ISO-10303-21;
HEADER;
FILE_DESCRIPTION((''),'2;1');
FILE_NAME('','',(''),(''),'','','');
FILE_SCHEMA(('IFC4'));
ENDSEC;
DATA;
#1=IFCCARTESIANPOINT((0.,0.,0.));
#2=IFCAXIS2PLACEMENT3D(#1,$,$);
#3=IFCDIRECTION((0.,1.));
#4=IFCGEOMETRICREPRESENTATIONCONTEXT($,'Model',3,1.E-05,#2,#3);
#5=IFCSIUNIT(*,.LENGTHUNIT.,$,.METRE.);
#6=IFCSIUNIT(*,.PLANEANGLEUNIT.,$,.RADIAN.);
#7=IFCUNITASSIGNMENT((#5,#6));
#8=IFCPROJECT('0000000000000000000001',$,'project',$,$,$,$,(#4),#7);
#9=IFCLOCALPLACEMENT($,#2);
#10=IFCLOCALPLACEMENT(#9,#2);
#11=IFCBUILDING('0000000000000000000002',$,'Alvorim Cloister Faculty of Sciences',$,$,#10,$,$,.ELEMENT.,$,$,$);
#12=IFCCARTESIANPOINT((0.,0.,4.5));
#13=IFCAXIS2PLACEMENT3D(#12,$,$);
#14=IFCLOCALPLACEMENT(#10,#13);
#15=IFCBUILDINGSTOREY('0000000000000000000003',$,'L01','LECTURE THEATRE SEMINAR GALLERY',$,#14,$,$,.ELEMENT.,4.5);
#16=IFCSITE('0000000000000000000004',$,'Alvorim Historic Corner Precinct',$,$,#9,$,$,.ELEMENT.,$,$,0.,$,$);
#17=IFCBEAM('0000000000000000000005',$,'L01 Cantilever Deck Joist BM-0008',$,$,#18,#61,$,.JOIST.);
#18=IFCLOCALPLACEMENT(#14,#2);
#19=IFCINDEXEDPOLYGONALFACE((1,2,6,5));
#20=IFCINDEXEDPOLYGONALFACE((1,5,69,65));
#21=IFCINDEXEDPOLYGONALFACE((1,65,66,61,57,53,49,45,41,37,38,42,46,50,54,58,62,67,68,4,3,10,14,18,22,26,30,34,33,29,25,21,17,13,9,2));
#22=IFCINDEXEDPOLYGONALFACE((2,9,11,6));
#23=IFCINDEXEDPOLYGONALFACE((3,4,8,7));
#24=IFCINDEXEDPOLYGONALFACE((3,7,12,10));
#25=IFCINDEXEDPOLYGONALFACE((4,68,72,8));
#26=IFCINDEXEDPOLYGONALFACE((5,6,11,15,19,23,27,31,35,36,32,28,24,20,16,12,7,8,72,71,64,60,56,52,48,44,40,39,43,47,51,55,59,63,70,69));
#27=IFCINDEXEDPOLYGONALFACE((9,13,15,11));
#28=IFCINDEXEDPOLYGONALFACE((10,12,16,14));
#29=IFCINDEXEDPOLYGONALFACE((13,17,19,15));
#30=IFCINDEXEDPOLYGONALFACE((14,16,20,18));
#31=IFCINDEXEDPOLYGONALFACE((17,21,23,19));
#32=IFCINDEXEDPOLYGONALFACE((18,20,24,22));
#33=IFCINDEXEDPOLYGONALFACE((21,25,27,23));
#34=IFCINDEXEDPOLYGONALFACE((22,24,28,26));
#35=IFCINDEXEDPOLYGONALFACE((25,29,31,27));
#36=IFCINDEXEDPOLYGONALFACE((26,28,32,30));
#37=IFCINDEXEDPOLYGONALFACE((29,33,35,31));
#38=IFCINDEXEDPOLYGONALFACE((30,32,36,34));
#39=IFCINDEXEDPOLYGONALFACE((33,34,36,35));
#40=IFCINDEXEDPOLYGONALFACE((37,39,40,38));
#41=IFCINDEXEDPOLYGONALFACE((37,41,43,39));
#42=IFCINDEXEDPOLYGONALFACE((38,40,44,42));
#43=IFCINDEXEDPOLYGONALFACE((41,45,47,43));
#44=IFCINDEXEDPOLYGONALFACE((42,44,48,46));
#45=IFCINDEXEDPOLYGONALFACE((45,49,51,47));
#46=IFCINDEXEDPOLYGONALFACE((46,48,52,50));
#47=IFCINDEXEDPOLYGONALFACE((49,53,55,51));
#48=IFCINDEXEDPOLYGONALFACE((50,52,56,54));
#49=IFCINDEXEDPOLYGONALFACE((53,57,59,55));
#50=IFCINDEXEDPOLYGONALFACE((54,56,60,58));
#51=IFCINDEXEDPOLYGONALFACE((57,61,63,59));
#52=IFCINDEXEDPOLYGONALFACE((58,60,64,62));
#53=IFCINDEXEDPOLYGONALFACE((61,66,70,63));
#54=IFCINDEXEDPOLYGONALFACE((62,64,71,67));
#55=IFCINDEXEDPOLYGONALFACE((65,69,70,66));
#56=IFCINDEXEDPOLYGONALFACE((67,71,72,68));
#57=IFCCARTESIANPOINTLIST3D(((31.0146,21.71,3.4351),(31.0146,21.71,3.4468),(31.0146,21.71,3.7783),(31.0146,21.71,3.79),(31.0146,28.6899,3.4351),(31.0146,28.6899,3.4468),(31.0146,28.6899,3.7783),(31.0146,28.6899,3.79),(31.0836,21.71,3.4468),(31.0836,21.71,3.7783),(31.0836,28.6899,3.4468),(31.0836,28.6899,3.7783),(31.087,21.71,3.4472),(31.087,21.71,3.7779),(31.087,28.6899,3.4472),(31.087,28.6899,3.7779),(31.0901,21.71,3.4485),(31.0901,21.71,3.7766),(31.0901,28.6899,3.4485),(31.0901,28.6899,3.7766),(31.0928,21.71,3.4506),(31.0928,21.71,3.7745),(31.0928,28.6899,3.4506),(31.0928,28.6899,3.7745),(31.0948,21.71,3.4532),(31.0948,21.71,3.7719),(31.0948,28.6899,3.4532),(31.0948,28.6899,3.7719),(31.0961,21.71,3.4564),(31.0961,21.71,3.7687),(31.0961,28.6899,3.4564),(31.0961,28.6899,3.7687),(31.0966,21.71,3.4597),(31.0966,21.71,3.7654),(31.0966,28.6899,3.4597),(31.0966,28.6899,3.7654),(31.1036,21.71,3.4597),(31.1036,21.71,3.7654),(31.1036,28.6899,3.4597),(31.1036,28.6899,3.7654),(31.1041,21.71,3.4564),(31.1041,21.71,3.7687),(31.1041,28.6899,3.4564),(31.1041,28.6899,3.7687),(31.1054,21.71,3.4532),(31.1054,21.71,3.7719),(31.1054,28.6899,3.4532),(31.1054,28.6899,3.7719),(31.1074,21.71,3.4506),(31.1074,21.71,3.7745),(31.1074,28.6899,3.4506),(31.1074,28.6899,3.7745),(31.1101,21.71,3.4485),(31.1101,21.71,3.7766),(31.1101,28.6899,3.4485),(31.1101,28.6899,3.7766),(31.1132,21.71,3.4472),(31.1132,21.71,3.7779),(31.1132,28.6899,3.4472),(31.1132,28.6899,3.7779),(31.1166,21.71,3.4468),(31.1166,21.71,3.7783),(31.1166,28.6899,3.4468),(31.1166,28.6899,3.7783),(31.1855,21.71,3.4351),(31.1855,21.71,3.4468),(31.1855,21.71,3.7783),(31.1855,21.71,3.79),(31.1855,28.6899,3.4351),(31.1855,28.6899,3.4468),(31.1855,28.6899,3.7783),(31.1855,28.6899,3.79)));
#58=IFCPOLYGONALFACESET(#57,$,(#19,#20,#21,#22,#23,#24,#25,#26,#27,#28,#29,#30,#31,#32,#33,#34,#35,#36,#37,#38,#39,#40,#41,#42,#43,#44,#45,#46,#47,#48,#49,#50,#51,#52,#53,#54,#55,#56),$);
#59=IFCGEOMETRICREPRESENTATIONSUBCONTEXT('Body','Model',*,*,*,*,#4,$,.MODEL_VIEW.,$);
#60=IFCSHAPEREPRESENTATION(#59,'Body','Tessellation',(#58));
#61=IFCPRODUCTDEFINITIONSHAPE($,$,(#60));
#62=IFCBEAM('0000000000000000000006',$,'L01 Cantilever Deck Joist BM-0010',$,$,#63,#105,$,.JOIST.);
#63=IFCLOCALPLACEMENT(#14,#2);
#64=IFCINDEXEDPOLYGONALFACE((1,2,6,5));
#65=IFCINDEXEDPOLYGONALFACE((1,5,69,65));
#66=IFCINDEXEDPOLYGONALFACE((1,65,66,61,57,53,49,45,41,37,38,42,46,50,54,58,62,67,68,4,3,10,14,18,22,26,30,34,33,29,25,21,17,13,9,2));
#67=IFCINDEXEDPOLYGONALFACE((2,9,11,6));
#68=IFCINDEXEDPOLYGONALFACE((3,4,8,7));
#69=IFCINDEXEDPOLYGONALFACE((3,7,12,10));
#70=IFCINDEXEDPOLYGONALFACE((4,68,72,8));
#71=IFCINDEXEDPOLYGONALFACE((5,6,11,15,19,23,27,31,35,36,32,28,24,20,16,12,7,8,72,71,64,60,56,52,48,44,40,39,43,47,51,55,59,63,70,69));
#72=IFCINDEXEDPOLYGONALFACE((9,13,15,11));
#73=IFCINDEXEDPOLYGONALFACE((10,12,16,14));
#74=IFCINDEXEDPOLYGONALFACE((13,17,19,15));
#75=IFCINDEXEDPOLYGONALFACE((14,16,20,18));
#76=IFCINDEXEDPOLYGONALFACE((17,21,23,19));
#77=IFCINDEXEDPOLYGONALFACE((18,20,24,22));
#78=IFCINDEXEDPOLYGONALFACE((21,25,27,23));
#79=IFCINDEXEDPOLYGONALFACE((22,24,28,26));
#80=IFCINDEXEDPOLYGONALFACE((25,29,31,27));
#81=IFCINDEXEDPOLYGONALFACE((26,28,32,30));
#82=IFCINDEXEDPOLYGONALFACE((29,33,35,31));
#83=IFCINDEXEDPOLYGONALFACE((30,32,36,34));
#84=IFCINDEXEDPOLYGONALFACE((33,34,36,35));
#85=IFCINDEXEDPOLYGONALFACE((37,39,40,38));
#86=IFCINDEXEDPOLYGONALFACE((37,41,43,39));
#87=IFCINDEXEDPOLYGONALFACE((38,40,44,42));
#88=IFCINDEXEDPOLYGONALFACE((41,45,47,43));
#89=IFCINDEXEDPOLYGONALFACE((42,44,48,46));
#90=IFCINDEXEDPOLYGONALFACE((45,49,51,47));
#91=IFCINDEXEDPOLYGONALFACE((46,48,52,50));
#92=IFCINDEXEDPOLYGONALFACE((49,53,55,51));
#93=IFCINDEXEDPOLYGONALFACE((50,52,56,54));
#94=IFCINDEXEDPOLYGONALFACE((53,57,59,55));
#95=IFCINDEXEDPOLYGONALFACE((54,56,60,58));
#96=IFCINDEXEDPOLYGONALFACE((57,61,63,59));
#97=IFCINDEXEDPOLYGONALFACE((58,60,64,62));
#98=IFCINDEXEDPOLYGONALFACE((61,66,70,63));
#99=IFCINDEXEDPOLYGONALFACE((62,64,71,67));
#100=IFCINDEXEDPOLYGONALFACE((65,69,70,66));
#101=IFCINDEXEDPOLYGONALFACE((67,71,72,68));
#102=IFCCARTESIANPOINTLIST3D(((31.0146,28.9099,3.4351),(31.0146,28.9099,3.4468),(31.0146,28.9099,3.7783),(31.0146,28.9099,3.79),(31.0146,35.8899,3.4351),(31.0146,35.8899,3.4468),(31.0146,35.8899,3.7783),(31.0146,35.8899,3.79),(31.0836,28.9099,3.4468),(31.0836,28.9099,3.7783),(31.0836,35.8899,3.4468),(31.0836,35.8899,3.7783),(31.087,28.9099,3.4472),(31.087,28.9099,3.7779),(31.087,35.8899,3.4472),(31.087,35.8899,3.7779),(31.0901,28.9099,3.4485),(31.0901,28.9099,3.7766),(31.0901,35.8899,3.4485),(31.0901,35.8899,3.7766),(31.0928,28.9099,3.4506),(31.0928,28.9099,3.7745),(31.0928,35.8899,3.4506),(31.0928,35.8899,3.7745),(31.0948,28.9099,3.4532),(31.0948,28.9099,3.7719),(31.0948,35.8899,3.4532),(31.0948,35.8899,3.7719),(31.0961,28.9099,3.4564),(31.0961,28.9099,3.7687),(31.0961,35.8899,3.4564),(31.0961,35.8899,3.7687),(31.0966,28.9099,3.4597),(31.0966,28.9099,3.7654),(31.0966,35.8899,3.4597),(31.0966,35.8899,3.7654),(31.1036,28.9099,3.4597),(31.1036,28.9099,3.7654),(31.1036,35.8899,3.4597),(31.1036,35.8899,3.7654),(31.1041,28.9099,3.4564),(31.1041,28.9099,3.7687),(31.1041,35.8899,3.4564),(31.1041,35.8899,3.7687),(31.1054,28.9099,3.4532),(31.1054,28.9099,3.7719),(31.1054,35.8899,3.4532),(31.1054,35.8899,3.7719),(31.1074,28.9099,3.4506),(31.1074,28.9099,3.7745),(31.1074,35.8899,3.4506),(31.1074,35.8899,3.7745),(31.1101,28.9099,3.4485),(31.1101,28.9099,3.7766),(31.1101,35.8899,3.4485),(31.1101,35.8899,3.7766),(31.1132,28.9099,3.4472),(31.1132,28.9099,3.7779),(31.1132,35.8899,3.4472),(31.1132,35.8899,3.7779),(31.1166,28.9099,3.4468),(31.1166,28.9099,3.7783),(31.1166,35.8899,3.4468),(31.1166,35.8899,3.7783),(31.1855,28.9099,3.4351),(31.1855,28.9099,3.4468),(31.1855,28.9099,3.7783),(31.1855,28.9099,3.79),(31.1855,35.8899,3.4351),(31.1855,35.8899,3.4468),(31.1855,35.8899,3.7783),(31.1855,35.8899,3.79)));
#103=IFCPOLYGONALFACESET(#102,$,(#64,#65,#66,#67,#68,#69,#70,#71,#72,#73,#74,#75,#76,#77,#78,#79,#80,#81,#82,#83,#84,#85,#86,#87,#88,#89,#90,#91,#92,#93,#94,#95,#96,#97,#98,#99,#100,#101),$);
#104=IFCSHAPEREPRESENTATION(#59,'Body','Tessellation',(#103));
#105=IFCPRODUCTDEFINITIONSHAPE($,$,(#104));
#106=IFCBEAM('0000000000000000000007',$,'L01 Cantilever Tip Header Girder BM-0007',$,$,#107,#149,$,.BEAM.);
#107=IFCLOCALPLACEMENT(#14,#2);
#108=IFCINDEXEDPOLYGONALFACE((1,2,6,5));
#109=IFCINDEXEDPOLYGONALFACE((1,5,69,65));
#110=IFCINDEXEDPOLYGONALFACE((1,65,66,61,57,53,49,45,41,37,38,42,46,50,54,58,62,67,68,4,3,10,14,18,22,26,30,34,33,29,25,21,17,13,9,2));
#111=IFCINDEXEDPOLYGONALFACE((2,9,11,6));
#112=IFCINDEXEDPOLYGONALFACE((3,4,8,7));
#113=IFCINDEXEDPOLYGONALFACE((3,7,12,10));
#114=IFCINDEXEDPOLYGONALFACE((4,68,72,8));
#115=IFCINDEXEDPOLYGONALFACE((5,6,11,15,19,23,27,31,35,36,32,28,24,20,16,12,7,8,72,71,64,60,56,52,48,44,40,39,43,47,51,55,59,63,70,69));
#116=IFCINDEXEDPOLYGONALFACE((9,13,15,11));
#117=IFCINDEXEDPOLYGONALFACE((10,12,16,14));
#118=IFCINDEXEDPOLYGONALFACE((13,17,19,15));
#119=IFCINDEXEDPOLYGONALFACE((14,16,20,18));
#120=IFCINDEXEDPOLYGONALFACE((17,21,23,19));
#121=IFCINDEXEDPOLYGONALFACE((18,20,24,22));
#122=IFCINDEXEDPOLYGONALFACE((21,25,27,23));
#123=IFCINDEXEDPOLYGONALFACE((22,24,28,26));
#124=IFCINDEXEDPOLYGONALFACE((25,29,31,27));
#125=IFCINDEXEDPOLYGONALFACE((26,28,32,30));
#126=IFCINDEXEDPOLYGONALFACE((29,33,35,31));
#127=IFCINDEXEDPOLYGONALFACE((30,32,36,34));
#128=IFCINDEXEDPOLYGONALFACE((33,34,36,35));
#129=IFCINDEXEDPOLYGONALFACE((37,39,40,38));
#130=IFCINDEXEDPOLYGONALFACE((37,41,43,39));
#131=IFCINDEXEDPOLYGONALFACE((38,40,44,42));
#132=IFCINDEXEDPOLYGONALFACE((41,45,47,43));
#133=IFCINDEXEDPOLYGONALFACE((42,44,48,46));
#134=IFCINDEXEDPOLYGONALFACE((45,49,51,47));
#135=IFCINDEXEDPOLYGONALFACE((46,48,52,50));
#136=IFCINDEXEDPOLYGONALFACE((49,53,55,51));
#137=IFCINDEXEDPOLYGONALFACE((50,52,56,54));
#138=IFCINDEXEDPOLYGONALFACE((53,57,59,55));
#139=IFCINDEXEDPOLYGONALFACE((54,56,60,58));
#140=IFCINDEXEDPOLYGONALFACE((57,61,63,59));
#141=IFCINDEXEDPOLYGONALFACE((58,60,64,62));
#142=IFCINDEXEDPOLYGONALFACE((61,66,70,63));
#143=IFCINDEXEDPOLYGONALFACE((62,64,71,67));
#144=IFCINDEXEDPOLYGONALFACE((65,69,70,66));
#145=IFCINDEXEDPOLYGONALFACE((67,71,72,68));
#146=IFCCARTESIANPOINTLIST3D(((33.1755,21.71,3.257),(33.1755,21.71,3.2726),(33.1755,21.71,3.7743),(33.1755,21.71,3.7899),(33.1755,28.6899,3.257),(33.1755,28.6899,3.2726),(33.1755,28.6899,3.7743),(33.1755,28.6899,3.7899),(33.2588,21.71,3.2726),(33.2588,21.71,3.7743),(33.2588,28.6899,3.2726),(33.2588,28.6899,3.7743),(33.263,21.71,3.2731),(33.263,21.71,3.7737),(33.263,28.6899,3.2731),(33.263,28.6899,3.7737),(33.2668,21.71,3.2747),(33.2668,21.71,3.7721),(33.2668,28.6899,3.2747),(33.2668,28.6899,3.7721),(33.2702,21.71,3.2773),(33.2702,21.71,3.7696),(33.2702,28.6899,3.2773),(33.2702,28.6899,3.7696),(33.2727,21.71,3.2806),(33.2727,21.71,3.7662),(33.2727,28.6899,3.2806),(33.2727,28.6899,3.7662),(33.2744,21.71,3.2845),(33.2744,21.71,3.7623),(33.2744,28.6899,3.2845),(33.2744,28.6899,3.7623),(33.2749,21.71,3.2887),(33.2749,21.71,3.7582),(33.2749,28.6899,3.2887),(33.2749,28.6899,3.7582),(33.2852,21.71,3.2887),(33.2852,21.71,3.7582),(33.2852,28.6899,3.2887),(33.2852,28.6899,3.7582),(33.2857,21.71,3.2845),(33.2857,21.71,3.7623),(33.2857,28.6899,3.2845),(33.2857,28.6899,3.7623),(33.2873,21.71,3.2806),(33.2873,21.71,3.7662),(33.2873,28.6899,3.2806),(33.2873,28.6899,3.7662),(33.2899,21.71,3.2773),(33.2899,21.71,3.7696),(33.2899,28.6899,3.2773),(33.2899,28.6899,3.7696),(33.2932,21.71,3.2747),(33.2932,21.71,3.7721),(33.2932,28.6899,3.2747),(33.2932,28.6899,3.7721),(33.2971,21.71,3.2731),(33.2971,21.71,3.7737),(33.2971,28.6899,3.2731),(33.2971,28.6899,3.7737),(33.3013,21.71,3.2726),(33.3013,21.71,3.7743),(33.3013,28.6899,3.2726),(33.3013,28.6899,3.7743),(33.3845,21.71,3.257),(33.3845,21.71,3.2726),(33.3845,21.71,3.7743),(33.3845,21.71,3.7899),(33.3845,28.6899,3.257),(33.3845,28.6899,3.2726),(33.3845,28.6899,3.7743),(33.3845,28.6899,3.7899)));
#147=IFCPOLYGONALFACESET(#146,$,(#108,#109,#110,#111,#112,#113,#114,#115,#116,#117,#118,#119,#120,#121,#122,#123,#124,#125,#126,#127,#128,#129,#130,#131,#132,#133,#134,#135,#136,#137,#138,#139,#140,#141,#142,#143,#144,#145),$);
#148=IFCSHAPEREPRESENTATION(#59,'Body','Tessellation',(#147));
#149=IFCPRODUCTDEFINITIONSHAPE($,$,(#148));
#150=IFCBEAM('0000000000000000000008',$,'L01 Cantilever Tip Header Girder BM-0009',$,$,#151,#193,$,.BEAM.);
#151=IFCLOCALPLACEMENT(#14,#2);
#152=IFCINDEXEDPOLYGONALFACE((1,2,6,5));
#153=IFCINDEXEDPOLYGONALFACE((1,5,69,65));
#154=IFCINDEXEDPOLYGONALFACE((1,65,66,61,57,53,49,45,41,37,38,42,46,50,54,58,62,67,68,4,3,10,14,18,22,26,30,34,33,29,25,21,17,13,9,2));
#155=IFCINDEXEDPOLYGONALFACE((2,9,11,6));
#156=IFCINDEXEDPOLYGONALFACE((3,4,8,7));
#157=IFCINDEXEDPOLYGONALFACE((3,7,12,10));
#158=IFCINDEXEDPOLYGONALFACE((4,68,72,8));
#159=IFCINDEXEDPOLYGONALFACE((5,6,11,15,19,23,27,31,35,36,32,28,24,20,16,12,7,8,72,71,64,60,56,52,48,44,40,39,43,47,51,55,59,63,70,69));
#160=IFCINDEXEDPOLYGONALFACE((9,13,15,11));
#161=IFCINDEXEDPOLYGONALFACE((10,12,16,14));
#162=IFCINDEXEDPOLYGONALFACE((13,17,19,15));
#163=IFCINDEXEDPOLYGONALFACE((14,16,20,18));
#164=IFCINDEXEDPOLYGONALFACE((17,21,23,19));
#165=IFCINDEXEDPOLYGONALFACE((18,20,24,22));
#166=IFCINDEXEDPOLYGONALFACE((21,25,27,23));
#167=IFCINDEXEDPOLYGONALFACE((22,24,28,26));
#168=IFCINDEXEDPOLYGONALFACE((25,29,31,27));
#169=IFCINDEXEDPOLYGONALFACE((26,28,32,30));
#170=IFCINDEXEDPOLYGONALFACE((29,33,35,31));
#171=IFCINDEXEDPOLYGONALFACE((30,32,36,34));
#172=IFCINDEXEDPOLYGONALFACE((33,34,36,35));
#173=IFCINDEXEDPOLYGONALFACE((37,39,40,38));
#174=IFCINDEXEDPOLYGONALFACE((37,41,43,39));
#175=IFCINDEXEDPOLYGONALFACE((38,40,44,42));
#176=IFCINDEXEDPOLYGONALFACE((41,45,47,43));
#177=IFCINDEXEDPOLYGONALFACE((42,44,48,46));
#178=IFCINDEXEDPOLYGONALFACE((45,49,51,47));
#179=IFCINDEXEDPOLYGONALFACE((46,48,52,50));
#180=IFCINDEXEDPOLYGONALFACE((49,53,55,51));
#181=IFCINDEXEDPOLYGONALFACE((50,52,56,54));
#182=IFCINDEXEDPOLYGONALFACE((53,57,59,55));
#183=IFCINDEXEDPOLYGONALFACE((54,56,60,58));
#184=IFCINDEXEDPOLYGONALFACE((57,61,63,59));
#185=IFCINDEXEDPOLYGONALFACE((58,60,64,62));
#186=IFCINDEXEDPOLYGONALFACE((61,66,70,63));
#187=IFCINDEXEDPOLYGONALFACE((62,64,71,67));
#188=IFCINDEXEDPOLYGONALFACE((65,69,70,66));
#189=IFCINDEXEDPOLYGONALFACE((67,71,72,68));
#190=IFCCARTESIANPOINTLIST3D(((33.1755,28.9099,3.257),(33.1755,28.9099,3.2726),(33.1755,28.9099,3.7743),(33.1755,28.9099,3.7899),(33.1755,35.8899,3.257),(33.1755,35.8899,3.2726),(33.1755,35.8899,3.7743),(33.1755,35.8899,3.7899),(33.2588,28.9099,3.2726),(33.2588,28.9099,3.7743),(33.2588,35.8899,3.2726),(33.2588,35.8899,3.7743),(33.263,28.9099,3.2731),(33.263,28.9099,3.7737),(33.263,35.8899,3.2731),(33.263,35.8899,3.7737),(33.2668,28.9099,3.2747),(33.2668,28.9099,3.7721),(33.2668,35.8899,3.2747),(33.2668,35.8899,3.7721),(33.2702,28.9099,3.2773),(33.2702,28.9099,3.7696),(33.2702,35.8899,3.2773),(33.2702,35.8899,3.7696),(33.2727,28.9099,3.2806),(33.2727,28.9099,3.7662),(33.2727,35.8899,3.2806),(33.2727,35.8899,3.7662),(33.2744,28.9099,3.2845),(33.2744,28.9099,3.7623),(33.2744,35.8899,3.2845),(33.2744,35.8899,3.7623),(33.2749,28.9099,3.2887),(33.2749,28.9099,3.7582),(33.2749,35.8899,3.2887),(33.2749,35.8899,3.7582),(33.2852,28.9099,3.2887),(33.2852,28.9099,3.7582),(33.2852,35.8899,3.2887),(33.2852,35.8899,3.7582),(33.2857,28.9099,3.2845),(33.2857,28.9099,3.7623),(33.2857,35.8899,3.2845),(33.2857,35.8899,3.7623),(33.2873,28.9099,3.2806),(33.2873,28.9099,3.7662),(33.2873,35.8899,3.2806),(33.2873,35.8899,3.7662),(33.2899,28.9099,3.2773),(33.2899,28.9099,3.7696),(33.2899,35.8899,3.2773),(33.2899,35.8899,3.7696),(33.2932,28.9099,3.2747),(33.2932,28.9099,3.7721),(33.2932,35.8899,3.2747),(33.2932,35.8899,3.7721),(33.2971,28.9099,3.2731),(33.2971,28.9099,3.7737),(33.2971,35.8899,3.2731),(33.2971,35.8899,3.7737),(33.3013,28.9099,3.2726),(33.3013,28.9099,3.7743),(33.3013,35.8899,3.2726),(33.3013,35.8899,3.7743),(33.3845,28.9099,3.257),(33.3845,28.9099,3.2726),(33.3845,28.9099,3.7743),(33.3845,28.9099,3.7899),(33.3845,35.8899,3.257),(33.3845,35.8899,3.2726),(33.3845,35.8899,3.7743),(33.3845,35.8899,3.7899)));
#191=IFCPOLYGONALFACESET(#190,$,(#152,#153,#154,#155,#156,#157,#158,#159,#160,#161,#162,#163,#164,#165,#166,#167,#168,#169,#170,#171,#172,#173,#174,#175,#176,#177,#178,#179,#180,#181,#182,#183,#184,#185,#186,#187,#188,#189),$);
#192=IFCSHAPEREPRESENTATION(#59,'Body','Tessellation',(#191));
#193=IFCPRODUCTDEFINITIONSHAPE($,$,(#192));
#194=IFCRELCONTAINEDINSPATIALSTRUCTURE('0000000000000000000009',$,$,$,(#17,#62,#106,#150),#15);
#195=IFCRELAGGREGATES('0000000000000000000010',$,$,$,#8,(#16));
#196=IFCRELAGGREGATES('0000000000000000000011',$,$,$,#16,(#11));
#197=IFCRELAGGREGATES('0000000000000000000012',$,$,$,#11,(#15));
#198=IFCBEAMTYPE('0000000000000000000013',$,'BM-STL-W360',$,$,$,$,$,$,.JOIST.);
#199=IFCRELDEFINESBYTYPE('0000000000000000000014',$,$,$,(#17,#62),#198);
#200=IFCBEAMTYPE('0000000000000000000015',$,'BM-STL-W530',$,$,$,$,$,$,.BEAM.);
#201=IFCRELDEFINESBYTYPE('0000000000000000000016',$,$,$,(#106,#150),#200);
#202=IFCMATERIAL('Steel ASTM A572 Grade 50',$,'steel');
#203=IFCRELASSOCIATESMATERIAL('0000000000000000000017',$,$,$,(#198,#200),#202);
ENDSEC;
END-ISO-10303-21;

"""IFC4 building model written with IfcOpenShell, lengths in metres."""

from ifc_helpers import new_model, si_unit, direction, frame, origin, origin_2d, place, context, subcontext, project, spatial, i_section, extrude, material, material_profile, profile_set, type_object, element, save


model = new_model("IFC4")

# Units and contexts
model_context = context("Model", 3, precision=1e-05, world=origin(), true_north=direction((0.0, 1.0)))
body_context = subcontext(model_context, "Body", "Model", "MODEL_VIEW")
ifc_project = project(units=[si_unit("LENGTHUNIT", "METRE"), si_unit("PLANEANGLEUNIT", "RADIAN")], contexts=[model_context])

# Site, building, storey
site_placement = place(None, origin())
site = spatial("IfcSite", under=ifc_project, at=site_placement, Name="Alvorim Historic Corner Precinct", CompositionType="ELEMENT", RefElevation=0.0)
building_placement = place(site_placement, origin())
building = spatial("IfcBuilding", under=site, at=building_placement, Name="Alvorim Cloister Faculty of Sciences", CompositionType="ELEMENT")
storey_placement = place(building_placement, frame((0.0, 0.0, 4.5)))
storey = spatial("IfcBuildingStorey", under=building, at=storey_placement, Name="L01", Description="LECTURE THEATRE SEMINAR GALLERY", CompositionType="ELEMENT", Elevation=4.5)

# Beams
ifc_material_1 = material(Name="Steel ASTM A572 Grade 50", Category="steel")
ifc_material_profile_1 = material_profile(ifc_material_1, i_section(OverallWidth=0.1709, OverallDepth=0.355, WebThickness=0.0071, FlangeThickness=0.0117, FilletRadius=0.0129, at=origin_2d()), Name="W360x51.0")
ifc_profile_set_1 = profile_set([ifc_material_profile_1], Name="Steel ASTM A572 Grade 50")
beam_type_1 = type_object("IfcBeamType", Name="BM-STL-W360", PredefinedType="JOIST", material=ifc_profile_set_1)
for number, where, z_axis, x_axis, name in (
    (1, (31.1001, 21.71, 3.6125), (0.0, 1.0, 0.0), (-1.0, 0.0, 0.0), "L01 Cantilever Deck Joist BM-0008"),
    (2, (31.1001, 28.9099, 3.6125), (0.0, 1.0, 0.0), (-1.0, 0.0, 0.0), "L01 Cantilever Deck Joist BM-0010"),
):
    element("IfcBeam", number, at=place(storey_placement, frame(where, z_axis=z_axis, x_axis=x_axis)), inside=storey, type_object=beam_type_1, Name=name, PredefinedType="JOIST", context=body_context, shape_type="SweptSolid", body=[
        extrude(i_section(OverallWidth=0.1709, OverallDepth=0.355, WebThickness=0.0071, FlangeThickness=0.0117, FilletRadius=0.0129, at=origin_2d()), origin(), (0.0, 0.0, 1.0), 6.98),
    ])
ifc_material_profile_2 = material_profile(ifc_material_1, i_section(OverallWidth=0.209, OverallDepth=0.533, WebThickness=0.0103, FlangeThickness=0.0156, FilletRadius=0.0161, at=origin_2d()), Name="W530x92.0")
ifc_profile_set_2 = profile_set([ifc_material_profile_2], Name="Steel ASTM A572 Grade 50")
beam_type_2 = type_object("IfcBeamType", Name="BM-STL-W530", PredefinedType="BEAM", material=ifc_profile_set_2)
for number, where, z_axis, x_axis, name in (
    (3, (33.28, 21.71, 3.5234), (0.0, 1.0, 0.0), (-1.0, 0.0, 0.0), "L01 Cantilever Tip Header Girder BM-0007"),
    (4, (33.28, 28.9099, 3.5234), (0.0, 1.0, 0.0), (-1.0, 0.0, 0.0), "L01 Cantilever Tip Header Girder BM-0009"),
):
    element("IfcBeam", number, at=place(storey_placement, frame(where, z_axis=z_axis, x_axis=x_axis)), inside=storey, type_object=beam_type_2, Name=name, PredefinedType="BEAM", context=body_context, shape_type="SweptSolid", body=[
        extrude(i_section(OverallWidth=0.209, OverallDepth=0.533, WebThickness=0.0103, FlangeThickness=0.0156, FilletRadius=0.0161, at=origin_2d()), origin(), (0.0, 0.0, 1.0), 6.98),
    ])

save(model, "model.ifc")
